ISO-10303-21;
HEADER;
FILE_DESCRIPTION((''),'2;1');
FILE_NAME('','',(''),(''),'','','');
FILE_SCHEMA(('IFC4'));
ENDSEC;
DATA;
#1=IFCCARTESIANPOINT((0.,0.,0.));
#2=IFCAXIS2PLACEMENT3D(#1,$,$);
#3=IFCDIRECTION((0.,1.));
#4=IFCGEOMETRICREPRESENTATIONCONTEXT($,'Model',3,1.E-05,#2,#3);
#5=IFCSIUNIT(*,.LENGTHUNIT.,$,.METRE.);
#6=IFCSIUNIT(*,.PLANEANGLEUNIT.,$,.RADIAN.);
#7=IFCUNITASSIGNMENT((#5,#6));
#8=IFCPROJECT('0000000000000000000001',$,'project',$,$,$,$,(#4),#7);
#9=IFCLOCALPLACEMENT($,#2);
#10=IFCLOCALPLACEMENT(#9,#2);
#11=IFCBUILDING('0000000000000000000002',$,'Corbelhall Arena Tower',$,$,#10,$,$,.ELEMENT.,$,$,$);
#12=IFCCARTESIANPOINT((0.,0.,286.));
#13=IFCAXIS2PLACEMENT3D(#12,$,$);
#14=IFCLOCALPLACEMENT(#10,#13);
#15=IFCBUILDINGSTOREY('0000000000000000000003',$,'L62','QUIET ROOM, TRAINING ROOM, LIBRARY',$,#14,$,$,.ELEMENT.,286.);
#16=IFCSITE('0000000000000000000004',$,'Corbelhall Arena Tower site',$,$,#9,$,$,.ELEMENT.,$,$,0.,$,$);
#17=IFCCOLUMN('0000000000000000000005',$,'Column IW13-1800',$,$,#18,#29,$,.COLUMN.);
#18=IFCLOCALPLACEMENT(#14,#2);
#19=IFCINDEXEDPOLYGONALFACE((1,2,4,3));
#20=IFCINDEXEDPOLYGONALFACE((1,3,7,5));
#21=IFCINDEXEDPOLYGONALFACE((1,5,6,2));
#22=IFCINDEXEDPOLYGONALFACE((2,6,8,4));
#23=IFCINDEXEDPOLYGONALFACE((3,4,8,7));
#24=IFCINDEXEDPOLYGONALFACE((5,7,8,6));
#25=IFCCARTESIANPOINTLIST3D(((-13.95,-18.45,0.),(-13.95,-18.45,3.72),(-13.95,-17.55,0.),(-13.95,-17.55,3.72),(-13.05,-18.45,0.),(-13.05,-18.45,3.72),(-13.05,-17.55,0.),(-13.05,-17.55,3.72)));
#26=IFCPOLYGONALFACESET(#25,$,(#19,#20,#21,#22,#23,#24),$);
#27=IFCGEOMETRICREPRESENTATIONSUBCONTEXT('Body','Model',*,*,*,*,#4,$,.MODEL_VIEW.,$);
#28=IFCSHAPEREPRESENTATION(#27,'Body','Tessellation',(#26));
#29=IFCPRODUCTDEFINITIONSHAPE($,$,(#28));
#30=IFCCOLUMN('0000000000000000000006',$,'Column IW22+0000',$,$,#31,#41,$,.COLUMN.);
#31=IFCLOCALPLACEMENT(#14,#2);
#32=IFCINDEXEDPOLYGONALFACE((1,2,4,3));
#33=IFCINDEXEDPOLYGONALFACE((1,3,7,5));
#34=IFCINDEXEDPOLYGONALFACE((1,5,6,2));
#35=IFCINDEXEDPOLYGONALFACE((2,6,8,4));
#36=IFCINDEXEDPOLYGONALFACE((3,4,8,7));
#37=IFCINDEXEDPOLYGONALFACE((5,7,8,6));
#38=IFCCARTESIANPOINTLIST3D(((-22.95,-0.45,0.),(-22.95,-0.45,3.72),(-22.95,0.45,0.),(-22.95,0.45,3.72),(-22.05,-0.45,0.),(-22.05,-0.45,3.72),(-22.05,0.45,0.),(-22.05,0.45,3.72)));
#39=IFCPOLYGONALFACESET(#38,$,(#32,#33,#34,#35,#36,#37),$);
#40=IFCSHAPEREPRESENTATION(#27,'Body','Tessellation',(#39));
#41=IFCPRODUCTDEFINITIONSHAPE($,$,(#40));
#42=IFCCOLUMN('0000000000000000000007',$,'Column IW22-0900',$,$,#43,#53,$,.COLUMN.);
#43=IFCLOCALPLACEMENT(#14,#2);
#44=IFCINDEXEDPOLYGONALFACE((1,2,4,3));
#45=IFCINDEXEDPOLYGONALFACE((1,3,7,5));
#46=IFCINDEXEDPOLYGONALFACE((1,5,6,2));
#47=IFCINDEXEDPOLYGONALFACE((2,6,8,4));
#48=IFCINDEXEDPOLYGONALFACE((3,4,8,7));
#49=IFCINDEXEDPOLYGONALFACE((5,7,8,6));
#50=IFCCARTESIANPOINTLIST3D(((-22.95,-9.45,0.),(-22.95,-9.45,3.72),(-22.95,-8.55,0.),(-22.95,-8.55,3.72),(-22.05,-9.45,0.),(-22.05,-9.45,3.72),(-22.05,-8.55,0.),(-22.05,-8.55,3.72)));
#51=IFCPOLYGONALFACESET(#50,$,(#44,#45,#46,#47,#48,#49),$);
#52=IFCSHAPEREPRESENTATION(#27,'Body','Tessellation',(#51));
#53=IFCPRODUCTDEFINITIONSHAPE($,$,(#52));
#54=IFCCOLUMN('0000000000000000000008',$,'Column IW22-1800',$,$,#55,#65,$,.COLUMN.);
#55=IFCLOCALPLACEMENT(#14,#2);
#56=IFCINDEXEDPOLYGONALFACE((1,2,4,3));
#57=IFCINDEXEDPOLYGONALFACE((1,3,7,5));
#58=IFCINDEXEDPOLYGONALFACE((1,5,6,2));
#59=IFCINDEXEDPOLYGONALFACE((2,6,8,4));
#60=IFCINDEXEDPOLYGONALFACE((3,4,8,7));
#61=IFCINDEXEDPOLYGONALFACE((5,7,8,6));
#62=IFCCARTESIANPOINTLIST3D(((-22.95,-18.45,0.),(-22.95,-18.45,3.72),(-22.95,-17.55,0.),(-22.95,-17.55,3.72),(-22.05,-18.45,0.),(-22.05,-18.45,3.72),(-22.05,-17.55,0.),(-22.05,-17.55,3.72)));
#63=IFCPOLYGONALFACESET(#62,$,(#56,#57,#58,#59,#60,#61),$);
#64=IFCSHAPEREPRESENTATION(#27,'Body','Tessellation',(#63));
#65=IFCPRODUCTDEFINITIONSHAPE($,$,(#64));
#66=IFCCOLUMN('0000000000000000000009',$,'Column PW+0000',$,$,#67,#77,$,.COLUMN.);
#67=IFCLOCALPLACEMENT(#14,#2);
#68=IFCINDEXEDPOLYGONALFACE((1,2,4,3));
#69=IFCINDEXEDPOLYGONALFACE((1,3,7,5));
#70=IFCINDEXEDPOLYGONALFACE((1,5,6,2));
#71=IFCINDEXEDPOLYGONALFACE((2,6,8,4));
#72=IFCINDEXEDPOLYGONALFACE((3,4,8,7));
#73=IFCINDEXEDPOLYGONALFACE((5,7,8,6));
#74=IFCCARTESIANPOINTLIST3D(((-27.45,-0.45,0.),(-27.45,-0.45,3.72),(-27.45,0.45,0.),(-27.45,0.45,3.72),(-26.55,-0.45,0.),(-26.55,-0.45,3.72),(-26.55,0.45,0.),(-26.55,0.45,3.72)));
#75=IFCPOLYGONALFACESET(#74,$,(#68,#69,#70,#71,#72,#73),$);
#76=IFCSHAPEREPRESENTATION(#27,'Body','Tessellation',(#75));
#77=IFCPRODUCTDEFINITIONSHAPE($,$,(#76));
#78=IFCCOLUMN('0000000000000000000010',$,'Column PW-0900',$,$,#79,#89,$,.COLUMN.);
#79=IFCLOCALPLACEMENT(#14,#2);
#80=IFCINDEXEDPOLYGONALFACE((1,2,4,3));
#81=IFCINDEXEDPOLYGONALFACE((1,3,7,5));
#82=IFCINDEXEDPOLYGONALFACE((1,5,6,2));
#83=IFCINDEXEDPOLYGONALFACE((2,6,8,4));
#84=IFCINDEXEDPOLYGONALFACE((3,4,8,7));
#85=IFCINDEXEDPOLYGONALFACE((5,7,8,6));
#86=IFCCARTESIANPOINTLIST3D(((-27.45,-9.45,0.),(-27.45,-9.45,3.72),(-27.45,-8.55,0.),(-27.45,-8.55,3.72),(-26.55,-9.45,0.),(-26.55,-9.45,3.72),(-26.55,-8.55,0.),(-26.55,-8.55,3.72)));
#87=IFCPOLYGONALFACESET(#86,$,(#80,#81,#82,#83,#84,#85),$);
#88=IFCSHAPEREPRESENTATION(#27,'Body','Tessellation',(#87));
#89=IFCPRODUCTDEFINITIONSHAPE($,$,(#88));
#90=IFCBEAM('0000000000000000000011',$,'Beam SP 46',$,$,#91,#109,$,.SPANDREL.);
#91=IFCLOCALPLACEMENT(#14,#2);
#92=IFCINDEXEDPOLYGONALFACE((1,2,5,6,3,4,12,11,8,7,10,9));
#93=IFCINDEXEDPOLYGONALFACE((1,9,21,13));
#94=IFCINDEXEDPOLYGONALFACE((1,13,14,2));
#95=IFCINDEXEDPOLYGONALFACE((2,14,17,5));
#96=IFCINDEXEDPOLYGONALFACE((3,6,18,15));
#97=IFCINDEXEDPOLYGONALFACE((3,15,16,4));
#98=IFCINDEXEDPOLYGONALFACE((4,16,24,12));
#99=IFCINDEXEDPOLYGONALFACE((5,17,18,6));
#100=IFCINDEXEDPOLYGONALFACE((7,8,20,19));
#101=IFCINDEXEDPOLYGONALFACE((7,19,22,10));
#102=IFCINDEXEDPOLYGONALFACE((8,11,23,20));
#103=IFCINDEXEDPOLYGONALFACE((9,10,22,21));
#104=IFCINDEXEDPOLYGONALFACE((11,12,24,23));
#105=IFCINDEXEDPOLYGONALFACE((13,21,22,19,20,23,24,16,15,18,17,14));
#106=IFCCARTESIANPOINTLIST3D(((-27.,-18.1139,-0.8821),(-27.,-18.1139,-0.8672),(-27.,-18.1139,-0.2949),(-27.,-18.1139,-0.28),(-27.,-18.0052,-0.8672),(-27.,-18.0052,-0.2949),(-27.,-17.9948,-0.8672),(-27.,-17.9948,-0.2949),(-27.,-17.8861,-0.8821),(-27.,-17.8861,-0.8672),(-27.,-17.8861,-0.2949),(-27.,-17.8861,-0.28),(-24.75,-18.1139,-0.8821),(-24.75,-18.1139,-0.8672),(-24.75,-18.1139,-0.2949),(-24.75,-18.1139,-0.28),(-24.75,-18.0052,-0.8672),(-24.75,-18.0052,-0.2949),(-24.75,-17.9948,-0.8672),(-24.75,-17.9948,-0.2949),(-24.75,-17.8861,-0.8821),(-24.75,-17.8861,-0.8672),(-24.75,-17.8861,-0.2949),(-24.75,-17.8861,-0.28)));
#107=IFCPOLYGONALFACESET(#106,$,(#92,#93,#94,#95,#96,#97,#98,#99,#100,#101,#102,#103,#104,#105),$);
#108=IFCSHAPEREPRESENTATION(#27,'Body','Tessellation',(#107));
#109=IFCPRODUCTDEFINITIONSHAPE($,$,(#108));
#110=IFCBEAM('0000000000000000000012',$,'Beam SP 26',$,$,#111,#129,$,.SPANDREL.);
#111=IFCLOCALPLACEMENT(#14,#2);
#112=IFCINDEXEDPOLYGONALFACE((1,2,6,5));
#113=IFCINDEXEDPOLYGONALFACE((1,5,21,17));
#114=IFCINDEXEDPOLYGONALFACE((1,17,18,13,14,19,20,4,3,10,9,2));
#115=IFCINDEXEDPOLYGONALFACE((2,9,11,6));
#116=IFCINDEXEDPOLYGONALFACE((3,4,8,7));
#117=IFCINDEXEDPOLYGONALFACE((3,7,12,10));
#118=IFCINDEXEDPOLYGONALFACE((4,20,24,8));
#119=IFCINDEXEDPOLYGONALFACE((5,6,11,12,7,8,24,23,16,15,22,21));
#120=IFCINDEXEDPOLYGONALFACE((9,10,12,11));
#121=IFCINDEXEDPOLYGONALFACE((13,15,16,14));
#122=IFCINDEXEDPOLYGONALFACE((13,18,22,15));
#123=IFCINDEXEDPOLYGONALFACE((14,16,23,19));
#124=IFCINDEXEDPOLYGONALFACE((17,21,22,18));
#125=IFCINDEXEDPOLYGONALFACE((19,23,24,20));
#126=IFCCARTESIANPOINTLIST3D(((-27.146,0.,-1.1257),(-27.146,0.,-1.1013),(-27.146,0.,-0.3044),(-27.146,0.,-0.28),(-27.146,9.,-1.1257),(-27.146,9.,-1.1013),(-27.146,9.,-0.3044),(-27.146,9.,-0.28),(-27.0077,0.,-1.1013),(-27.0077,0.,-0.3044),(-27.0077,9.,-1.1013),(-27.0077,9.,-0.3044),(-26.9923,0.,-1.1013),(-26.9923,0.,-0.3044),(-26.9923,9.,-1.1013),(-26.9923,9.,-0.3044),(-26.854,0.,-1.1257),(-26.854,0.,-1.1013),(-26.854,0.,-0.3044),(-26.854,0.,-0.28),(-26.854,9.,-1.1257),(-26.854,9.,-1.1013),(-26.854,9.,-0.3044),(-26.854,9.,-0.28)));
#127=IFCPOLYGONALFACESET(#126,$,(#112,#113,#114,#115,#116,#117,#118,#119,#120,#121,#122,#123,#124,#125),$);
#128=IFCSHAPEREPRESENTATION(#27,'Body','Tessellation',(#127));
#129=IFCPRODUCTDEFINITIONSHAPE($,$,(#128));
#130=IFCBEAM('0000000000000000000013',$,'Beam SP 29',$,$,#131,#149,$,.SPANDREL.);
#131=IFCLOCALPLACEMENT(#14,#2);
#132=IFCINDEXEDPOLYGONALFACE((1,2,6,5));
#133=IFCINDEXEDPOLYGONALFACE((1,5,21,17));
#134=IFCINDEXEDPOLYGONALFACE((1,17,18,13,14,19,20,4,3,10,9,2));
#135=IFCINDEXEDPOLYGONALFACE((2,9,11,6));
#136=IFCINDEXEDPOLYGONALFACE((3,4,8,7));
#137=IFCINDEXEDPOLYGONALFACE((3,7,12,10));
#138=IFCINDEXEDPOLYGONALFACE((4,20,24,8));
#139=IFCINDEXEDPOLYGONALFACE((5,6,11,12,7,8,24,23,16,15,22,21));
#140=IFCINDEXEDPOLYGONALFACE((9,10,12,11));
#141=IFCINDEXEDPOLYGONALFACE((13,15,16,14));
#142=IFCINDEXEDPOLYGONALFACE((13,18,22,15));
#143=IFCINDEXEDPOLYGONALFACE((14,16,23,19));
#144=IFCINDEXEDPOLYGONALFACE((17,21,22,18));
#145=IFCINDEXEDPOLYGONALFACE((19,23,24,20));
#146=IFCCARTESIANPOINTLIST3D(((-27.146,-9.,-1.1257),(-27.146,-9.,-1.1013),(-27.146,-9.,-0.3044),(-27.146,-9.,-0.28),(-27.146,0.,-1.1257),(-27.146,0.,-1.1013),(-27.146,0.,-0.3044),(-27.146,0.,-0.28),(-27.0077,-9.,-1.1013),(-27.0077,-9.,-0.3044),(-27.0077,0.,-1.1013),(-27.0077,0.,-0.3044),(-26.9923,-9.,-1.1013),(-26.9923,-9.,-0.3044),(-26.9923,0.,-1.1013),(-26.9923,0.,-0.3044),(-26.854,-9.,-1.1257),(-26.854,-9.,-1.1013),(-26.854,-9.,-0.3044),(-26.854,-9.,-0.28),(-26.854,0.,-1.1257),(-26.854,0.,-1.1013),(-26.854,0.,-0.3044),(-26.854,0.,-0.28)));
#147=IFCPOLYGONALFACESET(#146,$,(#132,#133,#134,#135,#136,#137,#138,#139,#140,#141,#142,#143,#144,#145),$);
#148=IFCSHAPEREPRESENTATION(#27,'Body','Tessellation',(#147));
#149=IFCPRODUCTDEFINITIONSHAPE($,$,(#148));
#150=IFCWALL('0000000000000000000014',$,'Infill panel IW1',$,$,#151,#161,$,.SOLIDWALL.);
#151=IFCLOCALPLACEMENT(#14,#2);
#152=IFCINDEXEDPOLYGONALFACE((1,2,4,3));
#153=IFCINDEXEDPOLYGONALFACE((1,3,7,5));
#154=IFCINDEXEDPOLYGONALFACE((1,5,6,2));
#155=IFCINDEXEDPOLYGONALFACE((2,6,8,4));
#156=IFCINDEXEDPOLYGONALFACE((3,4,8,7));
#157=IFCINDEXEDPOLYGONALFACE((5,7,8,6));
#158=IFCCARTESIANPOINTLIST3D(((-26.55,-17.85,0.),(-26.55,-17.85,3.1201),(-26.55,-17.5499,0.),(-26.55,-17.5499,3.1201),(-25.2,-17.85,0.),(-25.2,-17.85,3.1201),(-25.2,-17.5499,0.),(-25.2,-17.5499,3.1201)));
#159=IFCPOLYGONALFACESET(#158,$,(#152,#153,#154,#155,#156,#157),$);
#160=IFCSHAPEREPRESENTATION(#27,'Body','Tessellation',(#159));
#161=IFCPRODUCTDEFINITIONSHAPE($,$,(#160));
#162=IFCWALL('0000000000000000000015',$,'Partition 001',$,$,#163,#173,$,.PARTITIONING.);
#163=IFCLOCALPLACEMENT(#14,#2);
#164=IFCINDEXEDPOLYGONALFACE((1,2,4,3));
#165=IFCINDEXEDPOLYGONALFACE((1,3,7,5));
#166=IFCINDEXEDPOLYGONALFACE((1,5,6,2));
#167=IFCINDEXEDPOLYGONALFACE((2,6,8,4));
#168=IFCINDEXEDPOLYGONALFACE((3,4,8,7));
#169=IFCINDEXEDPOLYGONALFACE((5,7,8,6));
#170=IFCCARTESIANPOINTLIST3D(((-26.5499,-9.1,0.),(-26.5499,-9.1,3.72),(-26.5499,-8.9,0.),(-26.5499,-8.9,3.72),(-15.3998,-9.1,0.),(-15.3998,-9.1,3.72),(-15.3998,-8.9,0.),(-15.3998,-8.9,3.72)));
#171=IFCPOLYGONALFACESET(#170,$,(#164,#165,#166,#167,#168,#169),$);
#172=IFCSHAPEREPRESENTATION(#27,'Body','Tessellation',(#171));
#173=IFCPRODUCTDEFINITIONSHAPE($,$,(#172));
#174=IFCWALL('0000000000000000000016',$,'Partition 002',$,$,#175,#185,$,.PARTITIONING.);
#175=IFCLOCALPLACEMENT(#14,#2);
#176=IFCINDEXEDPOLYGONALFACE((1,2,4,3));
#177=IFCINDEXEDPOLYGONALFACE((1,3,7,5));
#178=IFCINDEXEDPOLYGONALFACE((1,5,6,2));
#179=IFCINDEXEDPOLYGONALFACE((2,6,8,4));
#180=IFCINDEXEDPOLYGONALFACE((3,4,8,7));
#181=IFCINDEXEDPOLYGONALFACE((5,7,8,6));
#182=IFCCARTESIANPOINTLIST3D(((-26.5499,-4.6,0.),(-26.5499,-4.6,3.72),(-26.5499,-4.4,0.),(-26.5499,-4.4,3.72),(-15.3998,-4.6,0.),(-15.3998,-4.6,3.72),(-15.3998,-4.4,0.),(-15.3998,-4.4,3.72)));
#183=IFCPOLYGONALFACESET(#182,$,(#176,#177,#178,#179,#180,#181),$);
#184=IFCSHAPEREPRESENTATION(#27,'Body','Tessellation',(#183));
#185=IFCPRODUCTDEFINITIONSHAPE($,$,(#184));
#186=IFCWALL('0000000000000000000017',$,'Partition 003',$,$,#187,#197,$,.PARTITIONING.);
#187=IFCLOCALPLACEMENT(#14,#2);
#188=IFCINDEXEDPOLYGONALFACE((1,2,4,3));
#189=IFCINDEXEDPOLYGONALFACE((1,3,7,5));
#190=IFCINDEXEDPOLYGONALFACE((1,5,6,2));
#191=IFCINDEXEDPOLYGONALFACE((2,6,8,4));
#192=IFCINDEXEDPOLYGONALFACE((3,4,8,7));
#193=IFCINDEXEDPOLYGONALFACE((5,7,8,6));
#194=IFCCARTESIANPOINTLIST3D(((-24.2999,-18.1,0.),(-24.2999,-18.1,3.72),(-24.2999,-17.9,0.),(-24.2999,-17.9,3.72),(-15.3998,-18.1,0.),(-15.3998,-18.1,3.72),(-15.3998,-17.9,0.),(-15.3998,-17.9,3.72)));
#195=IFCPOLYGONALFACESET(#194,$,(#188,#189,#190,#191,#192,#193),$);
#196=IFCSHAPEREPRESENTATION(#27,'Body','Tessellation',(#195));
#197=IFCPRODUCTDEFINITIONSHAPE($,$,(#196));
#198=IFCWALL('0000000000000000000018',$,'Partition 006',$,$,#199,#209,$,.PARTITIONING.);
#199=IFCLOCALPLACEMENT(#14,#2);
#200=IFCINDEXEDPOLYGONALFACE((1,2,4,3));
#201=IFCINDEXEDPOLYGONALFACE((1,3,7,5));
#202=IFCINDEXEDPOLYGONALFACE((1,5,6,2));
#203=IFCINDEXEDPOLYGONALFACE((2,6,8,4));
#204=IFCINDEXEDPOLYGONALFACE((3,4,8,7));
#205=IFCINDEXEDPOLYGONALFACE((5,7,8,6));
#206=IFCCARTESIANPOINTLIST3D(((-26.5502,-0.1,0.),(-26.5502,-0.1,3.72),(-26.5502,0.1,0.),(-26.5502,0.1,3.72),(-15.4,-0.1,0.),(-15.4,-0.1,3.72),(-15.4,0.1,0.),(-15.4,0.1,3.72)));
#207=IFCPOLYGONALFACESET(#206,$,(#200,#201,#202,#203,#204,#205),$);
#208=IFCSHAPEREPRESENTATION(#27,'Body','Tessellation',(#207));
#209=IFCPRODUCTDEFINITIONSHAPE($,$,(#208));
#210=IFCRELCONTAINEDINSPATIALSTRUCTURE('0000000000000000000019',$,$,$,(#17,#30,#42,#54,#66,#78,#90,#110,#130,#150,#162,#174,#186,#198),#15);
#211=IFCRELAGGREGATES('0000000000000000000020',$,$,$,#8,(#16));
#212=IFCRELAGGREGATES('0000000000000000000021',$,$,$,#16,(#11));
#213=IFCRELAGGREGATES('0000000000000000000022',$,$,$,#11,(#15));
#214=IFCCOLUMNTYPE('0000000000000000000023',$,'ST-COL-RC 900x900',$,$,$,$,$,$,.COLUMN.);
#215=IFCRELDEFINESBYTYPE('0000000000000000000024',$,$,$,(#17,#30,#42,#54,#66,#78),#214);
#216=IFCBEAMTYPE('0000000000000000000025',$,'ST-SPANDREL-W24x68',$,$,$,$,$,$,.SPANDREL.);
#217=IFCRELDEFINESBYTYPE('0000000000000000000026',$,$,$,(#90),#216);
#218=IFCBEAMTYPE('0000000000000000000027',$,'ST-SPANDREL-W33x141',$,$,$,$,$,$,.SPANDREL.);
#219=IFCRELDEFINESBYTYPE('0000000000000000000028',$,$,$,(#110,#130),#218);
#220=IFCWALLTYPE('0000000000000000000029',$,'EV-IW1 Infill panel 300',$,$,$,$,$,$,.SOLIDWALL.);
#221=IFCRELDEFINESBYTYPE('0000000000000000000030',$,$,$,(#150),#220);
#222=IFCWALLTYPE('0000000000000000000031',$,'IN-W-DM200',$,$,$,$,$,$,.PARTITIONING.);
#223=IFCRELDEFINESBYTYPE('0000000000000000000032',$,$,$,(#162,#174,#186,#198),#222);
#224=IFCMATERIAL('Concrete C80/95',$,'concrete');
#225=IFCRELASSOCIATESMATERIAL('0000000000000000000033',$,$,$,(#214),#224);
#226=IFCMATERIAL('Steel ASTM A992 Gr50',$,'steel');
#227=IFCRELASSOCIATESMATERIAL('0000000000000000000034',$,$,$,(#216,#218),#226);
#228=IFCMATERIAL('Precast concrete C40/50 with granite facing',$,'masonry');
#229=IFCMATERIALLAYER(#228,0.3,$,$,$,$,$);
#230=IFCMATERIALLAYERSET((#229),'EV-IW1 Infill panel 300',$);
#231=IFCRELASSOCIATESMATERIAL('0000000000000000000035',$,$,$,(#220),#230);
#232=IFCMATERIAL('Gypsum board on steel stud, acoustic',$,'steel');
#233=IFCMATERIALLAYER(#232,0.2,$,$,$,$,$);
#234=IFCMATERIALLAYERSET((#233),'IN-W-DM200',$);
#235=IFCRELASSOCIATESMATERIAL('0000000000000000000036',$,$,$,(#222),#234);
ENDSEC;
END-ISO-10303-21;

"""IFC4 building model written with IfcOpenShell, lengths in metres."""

from ifc_helpers import new_model, si_unit, direction, frame, frame_2d, origin, origin_2d, place, context, subcontext, project, spatial, rectangle, i_section, extrude, material, layer, layer_set, material_profile, profile_set, type_object, element, save


model = new_model("IFC4")

# Units and contexts
model_context = context("Model", 3, precision=1e-05, world=origin(), true_north=direction((0.0, 1.0)))
body_context = subcontext(model_context, "Body", "Model", "MODEL_VIEW")
ifc_project = project(units=[si_unit("LENGTHUNIT", "METRE"), si_unit("PLANEANGLEUNIT", "RADIAN")], contexts=[model_context])

# Site, building, storey
site_placement = place(None, origin())
site = spatial("IfcSite", under=ifc_project, at=site_placement, Name="Corbelhall Arena Tower site", CompositionType="ELEMENT", RefElevation=0.0)
building_placement = place(site_placement, origin())
building = spatial("IfcBuilding", under=site, at=building_placement, Name="Corbelhall Arena Tower", CompositionType="ELEMENT")
storey_placement = place(building_placement, frame((0.0, 0.0, 286.0)))
storey = spatial("IfcBuildingStorey", under=building, at=storey_placement, Name="L62", Description="QUIET ROOM, TRAINING ROOM, LIBRARY", CompositionType="ELEMENT", Elevation=286.0)

# Columns
ifc_material_1 = material(Name="Concrete C80/95", Category="concrete")
ifc_material_profile_1 = material_profile(ifc_material_1, rectangle(XDim=0.8999, YDim=0.8999, at=origin_2d()))
ifc_profile_set_1 = profile_set([ifc_material_profile_1], Name="Concrete C80/95")
column_type = type_object("IfcColumnType", Name="ST-COL-RC 900x900", PredefinedType="COLUMN", material=ifc_profile_set_1)
for number, where, z_axis, x_axis, name in (
    (1, (-13.5, -18.0, 0.0), (0.0, 0.0, 1.0), (1.0, 0.0, 0.0), "Column IW13-1800"),
    (2, (-22.5, 0.0, 0.0), (0.0, 0.0, 1.0), (1.0, 0.0, 0.0), "Column IW22+0000"),
    (3, (-22.5, -9.0, 0.0), (0.0, 0.0, 1.0), (1.0, 0.0, 0.0), "Column IW22-0900"),
    (4, (-22.5, -18.0, 0.0), (0.0, 0.0, 1.0), (1.0, 0.0, 0.0), "Column IW22-1800"),
    (5, (-27.0, 0.0, 0.0), (0.0, 0.0, 1.0), (0.0, 1.0, 0.0), "Column PW+0000"),
    (6, (-27.0, -9.0, 0.0), (0.0, 0.0, 1.0), (0.0, 1.0, 0.0), "Column PW-0900"),
):
    element("IfcColumn", number, at=place(storey_placement, frame(where, z_axis=z_axis, x_axis=x_axis)), inside=storey, type_object=column_type, Name=name, PredefinedType="COLUMN", context=body_context, shape_type="SweptSolid", body=[
        extrude(rectangle(XDim=0.8999, YDim=0.8999, at=origin_2d()), origin(), (0.0, 0.0, 1.0), 3.72),
    ])

# Beams
ifc_material_2 = material(Name="Steel ASTM A992 Gr50", Category="steel")
ifc_material_profile_2 = material_profile(ifc_material_2, i_section(OverallWidth=0.2278, OverallDepth=0.6021, WebThickness=0.0105, FlangeThickness=0.0149, at=origin_2d()))
ifc_profile_set_2 = profile_set([ifc_material_profile_2], Name="Steel ASTM A992 Gr50")
beam_type_1 = type_object("IfcBeamType", Name="ST-SPANDREL-W24x68", PredefinedType="SPANDREL", material=ifc_profile_set_2)
beam_placement = place(storey_placement, frame((-24.75, -18.0, -0.5811), z_axis=(-1.0, 0.0, 0.0), x_axis=(0.0, -1.0, 0.0)))
element("IfcBeam", 7, at=beam_placement, inside=storey, type_object=beam_type_1, Name="Beam SP 46", PredefinedType="SPANDREL", context=body_context, shape_type="SweptSolid", body=[
    extrude(i_section(OverallWidth=0.2278, OverallDepth=0.6021, WebThickness=0.0105, FlangeThickness=0.0149, at=origin_2d()), origin(), (0.0, 0.0, 1.0), 2.25),
])
ifc_material_profile_3 = material_profile(ifc_material_2, i_section(OverallWidth=0.292, OverallDepth=0.8457, WebThickness=0.0154, FlangeThickness=0.0244, at=origin_2d()))
ifc_profile_set_3 = profile_set([ifc_material_profile_3], Name="Steel ASTM A992 Gr50")
beam_type_2 = type_object("IfcBeamType", Name="ST-SPANDREL-W33x141", PredefinedType="SPANDREL", material=ifc_profile_set_3)
for number, where, z_axis, x_axis, name in (
    (8, (-27.0, 0.0, -0.7029), (0.0, 1.0, 0.0), (-1.0, 0.0, 0.0), "Beam SP 26"),
    (9, (-27.0, -9.0, -0.7029), (0.0, 1.0, 0.0), (-1.0, 0.0, 0.0), "Beam SP 29"),
):
    element("IfcBeam", number, at=place(storey_placement, frame(where, z_axis=z_axis, x_axis=x_axis)), inside=storey, type_object=beam_type_2, Name=name, PredefinedType="SPANDREL", context=body_context, shape_type="SweptSolid", body=[
        extrude(i_section(OverallWidth=0.292, OverallDepth=0.8457, WebThickness=0.0154, FlangeThickness=0.0244, at=origin_2d()), origin(), (0.0, 0.0, 1.0), 9.0),
    ])

# Shared definitions
ifc_material_3 = material(Name="Precast concrete C40/50 with granite facing", Category="masonry")
ifc_layer_1 = layer(ifc_material_3, 0.3)
ifc_layer_set_1 = layer_set([ifc_layer_1], Name="EV-IW1 Infill panel 300")
wall_type_1 = type_object("IfcWallType", Name="EV-IW1 Infill panel 300", PredefinedType="SOLIDWALL", material=ifc_layer_set_1)

# Walls
wall_1_placement = place(storey_placement, frame((-26.55, -17.7, 0.0), z_axis=(0.0, 0.0, 1.0), x_axis=(1.0, 0.0, 0.0)))
element("IfcWall", 10, at=wall_1_placement, inside=storey, type_object=wall_type_1, Name="Infill panel IW1", PredefinedType="SOLIDWALL", context=body_context, shape_type="SweptSolid", body=[
    extrude(rectangle(XDim=1.3501, YDim=0.3, at=frame_2d((0.675, 0.0))), origin(), (0.0, 0.0, 1.0), 3.1201),
])
ifc_material_4 = material(Name="Gypsum board on steel stud, acoustic", Category="steel")
ifc_layer_2 = layer(ifc_material_4, 0.2)
ifc_layer_set_2 = layer_set([ifc_layer_2], Name="IN-W-DM200")
wall_type_2 = type_object("IfcWallType", Name="IN-W-DM200", PredefinedType="PARTITIONING", material=ifc_layer_set_2)
for number, where, z_axis, x_axis, name in (
    (11, (-26.55, -9.0, 0.0), (0.0, 0.0, 1.0), (1.0, 0.0, 0.0), "Partition 001"),
    (12, (-26.55, -4.5, 0.0), (0.0, 0.0, 1.0), (1.0, 0.0, 0.0), "Partition 002"),
):
    element("IfcWall", number, at=place(storey_placement, frame(where, z_axis=z_axis, x_axis=x_axis)), inside=storey, type_object=wall_type_2, Name=name, PredefinedType="PARTITIONING", context=body_context, shape_type="SweptSolid", body=[
        extrude(rectangle(XDim=11.1501, YDim=0.2, at=frame_2d((5.5752, 0.0))), origin(), (0.0, 0.0, 1.0), 3.72),
    ])
wall_2_placement = place(storey_placement, frame((-24.3, -18.0, 0.0), z_axis=(0.0, 0.0, 1.0), x_axis=(1.0, 0.0, 0.0)))
element("IfcWall", 13, at=wall_2_placement, inside=storey, type_object=wall_type_2, Name="Partition 003", PredefinedType="PARTITIONING", context=body_context, shape_type="SweptSolid", body=[
    extrude(rectangle(XDim=8.9001, YDim=0.2, at=frame_2d((4.4502, 0.0))), origin(), (0.0, 0.0, 1.0), 3.72),
])
wall_3_placement = place(storey_placement, frame((-15.3999, 0.0, 0.0), z_axis=(0.0, 0.0, 1.0), x_axis=(-1.0, 0.0, 0.0)))
element("IfcWall", 14, at=wall_3_placement, inside=storey, type_object=wall_type_2, Name="Partition 006", PredefinedType="PARTITIONING", context=body_context, shape_type="SweptSolid", body=[
    extrude(rectangle(XDim=11.1501, YDim=0.2, at=frame_2d((5.5752, 0.0))), origin(), (0.0, 0.0, 1.0), 3.72),
])

save(model, "model.ifc")
